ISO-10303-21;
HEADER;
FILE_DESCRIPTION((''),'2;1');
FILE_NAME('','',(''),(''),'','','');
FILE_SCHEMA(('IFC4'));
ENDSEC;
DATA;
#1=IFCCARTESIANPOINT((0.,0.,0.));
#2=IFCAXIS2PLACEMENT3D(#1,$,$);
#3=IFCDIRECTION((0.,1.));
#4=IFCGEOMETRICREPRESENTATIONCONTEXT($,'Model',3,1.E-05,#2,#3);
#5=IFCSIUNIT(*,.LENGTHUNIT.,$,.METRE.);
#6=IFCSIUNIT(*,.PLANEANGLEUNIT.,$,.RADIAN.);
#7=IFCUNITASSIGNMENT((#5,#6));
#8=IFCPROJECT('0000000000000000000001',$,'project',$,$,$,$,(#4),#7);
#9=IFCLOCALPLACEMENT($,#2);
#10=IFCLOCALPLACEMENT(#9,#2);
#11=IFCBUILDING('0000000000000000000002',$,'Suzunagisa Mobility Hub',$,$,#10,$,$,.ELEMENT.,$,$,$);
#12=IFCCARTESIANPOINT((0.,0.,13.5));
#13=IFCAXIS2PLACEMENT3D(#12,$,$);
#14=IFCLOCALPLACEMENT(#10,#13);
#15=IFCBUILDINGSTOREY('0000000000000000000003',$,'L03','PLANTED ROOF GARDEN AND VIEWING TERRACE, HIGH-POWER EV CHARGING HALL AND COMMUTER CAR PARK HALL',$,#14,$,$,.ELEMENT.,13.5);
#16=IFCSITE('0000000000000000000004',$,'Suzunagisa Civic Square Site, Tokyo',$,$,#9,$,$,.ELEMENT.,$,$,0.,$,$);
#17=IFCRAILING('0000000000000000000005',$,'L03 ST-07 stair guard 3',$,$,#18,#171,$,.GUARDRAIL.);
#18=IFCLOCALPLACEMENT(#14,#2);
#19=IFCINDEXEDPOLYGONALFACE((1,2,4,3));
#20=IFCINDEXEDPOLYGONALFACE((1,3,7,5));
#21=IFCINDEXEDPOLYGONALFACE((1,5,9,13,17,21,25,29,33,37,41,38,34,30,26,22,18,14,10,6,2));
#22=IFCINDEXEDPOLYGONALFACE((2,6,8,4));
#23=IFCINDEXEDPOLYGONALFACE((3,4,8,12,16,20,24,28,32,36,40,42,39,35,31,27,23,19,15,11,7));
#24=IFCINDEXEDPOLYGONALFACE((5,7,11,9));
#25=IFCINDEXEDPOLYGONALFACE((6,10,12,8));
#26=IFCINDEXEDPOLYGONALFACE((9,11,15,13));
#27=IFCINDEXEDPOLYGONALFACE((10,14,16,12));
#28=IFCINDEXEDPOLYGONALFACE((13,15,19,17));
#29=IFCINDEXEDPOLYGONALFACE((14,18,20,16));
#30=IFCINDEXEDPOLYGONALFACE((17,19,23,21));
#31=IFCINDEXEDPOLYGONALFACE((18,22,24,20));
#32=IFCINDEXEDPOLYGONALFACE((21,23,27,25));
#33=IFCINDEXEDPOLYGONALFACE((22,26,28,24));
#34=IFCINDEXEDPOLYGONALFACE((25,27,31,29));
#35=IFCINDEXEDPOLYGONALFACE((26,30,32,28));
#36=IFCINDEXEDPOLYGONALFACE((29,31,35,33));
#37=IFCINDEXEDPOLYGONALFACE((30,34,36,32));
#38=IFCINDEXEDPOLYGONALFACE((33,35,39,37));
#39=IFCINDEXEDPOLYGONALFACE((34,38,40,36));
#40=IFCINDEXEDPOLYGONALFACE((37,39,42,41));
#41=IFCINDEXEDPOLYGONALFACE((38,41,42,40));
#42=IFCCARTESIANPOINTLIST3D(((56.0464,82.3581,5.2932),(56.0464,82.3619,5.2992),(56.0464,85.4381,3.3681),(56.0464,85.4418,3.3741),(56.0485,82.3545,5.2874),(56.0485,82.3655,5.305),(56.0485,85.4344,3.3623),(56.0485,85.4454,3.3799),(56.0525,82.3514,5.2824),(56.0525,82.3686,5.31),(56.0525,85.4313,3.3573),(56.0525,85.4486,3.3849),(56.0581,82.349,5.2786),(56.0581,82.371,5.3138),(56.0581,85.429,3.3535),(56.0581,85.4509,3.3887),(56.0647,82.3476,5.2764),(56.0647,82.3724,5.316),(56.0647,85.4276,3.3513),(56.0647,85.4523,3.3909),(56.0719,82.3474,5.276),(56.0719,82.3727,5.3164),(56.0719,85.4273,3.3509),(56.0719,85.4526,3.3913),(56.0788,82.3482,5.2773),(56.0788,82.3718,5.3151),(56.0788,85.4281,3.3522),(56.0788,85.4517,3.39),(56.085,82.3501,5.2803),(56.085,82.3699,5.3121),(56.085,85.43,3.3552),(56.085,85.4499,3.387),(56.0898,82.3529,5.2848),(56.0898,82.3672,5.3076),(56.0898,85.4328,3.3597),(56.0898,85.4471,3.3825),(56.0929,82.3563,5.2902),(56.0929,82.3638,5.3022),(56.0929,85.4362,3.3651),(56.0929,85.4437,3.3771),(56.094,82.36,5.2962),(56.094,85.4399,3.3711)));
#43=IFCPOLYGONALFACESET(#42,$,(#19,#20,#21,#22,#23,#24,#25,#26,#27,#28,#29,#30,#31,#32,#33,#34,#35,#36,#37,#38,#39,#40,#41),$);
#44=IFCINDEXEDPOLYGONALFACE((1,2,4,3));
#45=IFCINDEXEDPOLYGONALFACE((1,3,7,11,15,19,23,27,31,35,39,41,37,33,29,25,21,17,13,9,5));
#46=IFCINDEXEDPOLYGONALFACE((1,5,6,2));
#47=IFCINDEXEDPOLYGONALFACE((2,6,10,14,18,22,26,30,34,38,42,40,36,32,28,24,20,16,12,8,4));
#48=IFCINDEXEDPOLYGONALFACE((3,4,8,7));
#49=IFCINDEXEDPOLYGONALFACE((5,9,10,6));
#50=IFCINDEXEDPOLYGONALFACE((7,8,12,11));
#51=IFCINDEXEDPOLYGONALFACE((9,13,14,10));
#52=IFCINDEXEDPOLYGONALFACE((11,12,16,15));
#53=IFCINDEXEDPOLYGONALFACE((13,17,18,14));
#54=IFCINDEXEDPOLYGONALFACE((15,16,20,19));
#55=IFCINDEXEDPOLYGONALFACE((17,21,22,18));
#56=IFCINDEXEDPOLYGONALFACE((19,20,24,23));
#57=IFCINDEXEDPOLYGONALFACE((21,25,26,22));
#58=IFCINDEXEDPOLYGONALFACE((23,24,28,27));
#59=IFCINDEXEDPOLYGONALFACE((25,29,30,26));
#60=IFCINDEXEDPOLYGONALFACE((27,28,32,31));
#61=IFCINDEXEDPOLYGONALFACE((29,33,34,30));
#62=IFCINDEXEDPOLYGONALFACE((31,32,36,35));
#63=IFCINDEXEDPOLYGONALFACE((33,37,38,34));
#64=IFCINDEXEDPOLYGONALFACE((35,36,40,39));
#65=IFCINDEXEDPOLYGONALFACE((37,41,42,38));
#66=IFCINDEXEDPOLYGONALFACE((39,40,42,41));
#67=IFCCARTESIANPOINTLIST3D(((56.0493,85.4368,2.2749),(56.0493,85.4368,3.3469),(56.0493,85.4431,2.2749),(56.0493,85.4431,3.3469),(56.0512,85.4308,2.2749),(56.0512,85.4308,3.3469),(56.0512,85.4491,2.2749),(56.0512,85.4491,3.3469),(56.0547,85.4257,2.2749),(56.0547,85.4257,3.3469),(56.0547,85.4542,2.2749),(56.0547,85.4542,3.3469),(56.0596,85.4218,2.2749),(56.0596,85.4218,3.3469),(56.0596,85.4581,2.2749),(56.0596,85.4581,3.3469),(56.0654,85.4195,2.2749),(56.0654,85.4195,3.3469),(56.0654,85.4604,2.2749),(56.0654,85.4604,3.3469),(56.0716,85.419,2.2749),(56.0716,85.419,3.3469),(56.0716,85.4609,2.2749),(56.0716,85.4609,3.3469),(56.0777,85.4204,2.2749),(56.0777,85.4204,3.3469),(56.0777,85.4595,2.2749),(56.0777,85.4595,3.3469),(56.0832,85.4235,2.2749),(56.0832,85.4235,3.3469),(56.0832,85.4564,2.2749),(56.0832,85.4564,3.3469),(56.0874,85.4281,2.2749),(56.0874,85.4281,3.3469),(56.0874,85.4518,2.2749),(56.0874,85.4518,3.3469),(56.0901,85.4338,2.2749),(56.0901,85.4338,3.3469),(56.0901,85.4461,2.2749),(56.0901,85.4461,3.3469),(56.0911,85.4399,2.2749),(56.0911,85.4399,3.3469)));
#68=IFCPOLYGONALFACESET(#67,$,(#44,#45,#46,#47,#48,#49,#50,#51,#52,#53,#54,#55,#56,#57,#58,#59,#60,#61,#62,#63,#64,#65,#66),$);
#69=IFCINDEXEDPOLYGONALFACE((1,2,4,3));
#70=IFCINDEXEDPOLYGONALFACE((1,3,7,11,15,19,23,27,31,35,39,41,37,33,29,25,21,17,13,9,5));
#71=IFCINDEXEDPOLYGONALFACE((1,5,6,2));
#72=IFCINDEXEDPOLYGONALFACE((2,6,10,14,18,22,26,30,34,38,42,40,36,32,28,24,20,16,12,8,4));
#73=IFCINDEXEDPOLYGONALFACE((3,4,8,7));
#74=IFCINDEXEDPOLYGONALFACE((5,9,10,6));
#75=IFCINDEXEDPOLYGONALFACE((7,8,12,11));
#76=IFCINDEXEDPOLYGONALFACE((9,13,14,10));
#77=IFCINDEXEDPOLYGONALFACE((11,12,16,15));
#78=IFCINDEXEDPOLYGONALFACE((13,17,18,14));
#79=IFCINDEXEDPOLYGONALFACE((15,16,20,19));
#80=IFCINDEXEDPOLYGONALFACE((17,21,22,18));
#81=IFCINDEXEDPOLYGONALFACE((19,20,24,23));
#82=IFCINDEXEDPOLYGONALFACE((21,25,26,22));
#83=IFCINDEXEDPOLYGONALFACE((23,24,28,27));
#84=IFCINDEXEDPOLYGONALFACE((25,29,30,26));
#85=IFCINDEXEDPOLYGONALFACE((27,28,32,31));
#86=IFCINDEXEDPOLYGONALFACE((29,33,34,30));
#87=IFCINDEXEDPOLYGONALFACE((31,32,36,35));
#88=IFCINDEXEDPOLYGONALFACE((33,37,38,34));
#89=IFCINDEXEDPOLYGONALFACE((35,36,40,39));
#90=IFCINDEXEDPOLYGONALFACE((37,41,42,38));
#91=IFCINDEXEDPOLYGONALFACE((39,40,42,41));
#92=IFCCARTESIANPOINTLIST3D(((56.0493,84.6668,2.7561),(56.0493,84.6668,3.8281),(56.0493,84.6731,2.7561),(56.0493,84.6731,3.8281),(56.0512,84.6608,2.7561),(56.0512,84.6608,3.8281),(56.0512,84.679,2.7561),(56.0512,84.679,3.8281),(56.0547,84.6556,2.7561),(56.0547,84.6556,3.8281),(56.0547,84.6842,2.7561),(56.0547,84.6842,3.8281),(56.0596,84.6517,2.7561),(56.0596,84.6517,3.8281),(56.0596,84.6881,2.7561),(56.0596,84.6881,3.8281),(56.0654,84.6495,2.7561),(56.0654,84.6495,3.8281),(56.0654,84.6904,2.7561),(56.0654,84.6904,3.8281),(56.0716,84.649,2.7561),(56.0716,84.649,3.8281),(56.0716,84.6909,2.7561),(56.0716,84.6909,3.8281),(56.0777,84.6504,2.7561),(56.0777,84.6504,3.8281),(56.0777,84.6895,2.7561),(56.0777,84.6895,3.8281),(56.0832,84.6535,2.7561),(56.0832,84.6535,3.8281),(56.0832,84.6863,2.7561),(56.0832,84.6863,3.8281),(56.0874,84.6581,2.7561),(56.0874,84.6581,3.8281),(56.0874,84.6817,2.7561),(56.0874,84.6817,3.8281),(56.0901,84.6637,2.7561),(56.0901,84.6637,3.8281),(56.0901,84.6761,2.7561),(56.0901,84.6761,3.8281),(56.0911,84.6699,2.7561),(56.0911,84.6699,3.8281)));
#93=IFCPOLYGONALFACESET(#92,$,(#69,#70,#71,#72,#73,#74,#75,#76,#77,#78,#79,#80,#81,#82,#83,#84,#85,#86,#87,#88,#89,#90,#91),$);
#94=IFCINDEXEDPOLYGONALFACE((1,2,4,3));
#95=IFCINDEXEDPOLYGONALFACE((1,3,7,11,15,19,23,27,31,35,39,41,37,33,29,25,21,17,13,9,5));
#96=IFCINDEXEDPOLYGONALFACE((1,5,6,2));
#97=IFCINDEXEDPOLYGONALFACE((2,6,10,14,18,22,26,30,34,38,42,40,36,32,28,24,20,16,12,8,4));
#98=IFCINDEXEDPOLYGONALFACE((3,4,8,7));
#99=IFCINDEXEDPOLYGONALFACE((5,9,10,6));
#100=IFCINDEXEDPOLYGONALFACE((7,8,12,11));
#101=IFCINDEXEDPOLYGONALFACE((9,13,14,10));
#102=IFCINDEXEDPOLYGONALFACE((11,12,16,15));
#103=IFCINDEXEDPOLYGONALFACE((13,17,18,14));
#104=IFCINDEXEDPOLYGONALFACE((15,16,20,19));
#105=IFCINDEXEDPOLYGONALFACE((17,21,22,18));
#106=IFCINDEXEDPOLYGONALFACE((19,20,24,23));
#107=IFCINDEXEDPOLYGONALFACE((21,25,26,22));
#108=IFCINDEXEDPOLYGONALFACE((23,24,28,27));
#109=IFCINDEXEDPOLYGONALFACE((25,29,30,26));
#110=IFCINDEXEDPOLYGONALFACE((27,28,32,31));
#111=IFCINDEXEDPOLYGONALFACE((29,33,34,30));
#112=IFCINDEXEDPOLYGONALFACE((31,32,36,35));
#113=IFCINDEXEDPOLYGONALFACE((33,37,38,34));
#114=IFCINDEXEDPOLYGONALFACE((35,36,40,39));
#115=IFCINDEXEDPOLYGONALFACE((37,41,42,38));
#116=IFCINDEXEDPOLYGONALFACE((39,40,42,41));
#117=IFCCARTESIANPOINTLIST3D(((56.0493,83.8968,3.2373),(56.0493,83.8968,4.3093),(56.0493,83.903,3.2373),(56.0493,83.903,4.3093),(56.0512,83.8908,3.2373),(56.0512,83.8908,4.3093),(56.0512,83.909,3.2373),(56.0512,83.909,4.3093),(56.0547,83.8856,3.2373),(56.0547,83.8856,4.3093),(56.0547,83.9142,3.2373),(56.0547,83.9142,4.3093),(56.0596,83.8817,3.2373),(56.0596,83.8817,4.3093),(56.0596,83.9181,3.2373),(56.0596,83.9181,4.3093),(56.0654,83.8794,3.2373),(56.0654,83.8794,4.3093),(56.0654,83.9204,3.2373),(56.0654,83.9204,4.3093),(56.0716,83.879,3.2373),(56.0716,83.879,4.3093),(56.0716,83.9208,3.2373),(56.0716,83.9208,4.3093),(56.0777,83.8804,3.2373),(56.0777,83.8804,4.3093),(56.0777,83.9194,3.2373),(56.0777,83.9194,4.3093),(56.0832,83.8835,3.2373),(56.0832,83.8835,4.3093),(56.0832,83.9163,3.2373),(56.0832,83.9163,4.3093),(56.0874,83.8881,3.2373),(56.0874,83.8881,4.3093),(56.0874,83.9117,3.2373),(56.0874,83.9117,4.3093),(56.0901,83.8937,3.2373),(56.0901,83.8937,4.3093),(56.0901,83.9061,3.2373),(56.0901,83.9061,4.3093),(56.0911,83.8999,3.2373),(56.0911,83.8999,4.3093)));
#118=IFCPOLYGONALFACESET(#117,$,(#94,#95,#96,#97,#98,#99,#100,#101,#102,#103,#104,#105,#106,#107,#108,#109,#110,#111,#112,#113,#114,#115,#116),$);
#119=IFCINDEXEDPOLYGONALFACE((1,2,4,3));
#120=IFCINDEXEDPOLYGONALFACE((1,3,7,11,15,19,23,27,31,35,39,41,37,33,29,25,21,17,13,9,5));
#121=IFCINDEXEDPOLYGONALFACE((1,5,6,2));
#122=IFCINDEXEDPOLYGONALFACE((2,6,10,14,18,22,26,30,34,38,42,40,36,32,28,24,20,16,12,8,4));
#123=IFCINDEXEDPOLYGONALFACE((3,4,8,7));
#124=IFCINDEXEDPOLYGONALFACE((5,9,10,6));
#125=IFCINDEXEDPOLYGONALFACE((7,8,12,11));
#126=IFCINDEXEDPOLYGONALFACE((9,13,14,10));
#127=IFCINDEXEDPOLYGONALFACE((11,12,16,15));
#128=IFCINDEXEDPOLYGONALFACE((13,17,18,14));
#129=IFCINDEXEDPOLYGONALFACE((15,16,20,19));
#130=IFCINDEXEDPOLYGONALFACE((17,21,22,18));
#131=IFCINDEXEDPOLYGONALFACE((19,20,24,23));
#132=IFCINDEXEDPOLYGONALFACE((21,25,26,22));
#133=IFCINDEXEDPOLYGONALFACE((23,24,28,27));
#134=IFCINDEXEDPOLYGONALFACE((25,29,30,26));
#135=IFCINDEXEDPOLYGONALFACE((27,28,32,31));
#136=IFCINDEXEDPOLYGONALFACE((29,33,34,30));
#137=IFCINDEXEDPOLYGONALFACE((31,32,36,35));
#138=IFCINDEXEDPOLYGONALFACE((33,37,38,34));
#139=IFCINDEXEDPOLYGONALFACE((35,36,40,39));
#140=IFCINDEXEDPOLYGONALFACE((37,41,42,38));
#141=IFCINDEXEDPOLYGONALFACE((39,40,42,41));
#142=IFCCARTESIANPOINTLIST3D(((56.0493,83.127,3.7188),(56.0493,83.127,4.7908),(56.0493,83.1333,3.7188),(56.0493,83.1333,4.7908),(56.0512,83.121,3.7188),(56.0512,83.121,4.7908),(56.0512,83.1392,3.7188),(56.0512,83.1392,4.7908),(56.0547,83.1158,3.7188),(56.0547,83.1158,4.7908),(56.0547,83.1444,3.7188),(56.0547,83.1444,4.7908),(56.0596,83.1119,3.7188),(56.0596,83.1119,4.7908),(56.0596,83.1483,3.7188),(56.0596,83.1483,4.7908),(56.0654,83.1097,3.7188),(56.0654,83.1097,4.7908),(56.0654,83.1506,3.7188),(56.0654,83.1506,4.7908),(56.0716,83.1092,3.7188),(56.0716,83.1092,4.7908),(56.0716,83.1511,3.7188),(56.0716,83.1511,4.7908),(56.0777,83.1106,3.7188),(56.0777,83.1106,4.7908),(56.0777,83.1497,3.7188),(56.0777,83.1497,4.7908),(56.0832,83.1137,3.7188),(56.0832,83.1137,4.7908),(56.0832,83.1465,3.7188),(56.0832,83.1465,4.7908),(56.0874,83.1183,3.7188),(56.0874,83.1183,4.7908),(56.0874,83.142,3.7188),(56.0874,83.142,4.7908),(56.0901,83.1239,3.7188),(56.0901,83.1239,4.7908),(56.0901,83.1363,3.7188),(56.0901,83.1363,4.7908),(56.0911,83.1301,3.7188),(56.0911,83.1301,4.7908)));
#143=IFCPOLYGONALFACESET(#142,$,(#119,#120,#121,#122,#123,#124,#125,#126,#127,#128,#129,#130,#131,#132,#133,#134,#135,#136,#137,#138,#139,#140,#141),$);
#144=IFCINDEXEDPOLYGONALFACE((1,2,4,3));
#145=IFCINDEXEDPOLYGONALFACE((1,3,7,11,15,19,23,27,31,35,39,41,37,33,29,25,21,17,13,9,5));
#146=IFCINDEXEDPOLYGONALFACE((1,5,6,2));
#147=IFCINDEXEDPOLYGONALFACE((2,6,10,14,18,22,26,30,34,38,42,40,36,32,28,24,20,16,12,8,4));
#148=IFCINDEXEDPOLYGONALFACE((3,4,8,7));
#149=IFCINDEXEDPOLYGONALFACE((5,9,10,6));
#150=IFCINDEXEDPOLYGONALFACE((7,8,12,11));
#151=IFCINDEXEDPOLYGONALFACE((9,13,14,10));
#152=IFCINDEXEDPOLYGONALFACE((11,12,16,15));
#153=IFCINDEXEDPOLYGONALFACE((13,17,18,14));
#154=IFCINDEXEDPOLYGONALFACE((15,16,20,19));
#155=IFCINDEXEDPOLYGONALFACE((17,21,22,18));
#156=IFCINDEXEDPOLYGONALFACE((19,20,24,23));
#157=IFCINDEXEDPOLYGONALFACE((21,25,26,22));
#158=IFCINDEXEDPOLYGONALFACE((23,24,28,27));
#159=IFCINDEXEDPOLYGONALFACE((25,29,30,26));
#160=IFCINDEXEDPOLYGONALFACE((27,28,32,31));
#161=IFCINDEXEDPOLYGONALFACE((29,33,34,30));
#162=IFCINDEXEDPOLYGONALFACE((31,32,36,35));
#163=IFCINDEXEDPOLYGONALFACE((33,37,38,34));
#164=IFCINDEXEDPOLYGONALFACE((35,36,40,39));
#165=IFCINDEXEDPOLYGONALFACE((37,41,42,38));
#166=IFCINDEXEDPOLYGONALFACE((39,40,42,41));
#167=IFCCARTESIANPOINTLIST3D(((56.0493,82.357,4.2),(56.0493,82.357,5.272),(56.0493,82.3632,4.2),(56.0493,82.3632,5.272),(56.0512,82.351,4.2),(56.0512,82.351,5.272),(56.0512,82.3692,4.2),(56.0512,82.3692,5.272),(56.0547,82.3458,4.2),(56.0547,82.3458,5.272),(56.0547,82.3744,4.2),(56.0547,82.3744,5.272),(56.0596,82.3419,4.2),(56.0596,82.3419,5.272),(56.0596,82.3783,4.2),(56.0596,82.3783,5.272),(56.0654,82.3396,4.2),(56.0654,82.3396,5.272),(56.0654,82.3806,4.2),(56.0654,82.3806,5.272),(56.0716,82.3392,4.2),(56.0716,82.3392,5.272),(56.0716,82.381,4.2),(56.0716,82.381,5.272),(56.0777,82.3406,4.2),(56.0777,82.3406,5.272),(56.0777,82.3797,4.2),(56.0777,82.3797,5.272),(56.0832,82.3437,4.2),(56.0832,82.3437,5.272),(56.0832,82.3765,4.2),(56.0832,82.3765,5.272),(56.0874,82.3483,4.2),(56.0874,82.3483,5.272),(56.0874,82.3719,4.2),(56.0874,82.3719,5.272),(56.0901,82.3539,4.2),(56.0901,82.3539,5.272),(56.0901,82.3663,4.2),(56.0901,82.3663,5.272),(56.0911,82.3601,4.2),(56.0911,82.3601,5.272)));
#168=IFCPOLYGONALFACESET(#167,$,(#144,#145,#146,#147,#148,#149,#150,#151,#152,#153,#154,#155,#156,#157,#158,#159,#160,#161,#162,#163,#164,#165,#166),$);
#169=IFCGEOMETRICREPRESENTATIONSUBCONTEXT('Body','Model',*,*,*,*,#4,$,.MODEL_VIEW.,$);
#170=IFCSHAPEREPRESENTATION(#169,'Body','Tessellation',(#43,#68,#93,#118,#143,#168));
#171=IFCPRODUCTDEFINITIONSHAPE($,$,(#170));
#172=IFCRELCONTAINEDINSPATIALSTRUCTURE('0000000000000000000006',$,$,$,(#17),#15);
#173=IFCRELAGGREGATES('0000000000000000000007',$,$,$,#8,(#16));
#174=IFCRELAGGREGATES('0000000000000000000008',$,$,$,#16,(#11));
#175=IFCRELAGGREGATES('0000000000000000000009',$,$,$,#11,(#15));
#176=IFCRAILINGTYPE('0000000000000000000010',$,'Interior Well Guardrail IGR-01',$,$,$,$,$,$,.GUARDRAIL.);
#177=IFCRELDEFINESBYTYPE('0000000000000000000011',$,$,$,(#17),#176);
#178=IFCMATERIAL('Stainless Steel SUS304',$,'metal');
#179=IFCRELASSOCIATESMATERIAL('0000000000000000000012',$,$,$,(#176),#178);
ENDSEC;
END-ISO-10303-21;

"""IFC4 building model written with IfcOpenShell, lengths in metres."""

from ifc_helpers import new_model, si_unit, direction, frame, origin, origin_2d, place, context, subcontext, project, spatial, circle, extrude, material, type_object, element, save


model = new_model("IFC4")

# Units and contexts
model_context = context("Model", 3, precision=1e-05, world=origin(), true_north=direction((0.0, 1.0)))
body_context = subcontext(model_context, "Body", "Model", "MODEL_VIEW")
ifc_project = project(units=[si_unit("LENGTHUNIT", "METRE"), si_unit("PLANEANGLEUNIT", "RADIAN")], contexts=[model_context])

# Site, building, storey
site_placement = place(None, origin())
site = spatial("IfcSite", under=ifc_project, at=site_placement, Name="Suzunagisa Civic Square Site, Tokyo", CompositionType="ELEMENT", RefElevation=0.0)
building_placement = place(site_placement, origin())
building = spatial("IfcBuilding", under=site, at=building_placement, Name="Suzunagisa Mobility Hub", CompositionType="ELEMENT")
storey_placement = place(building_placement, frame((0.0, 0.0, 13.5)))
storey = spatial("IfcBuildingStorey", under=building, at=storey_placement, Name="L03", Description="PLANTED ROOF GARDEN AND VIEWING TERRACE, HIGH-POWER EV CHARGING HALL AND COMMUTER CAR PARK HALL", CompositionType="ELEMENT", Elevation=13.5)

# Railing
ifc_material_1 = material(Name="Stainless Steel SUS304", Category="metal")
railing_type_1 = type_object("IfcRailingType", Name="Interior Well Guardrail IGR-01", PredefinedType="GUARDRAIL", material=ifc_material_1)
railing_1_placement = place(storey_placement, frame((56.0701, 85.4399, 2.2749)))
element("IfcRailing", 1, at=railing_1_placement, inside=storey, type_object=railing_type_1, Name="L03 ST-07 stair guard 3", PredefinedType="GUARDRAIL", context=body_context, shape_type="SweptSolid", body=[
    extrude(circle(Radius=0.0239, at=origin_2d()), frame((0.0, 0.0, 1.0962), z_axis=(0.0, -0.847979, 0.530029), x_axis=(1.0, 0.0, 0.0)), (0.0, 0.0, 1.0), 3.6321),
    extrude(circle(Radius=0.021, at=origin_2d()), origin(), (0.0, 0.0, 1.0), 1.072),
    extrude(circle(Radius=0.021, at=origin_2d()), frame((0.0, -0.77, 0.4812)), (0.0, 0.0, 1.0), 1.072),
    extrude(circle(Radius=0.021, at=origin_2d()), frame((0.0, -1.54, 0.9624)), (0.0, 0.0, 1.0), 1.072),
    extrude(circle(Radius=0.021, at=origin_2d()), frame((0.0, -2.3098, 1.4438)), (0.0, 0.0, 1.0), 1.072),
    extrude(circle(Radius=0.021, at=origin_2d()), frame((0.0, -3.0798, 1.925)), (0.0, 0.0, 1.0), 1.072),
])

save(model, "model.ifc")
